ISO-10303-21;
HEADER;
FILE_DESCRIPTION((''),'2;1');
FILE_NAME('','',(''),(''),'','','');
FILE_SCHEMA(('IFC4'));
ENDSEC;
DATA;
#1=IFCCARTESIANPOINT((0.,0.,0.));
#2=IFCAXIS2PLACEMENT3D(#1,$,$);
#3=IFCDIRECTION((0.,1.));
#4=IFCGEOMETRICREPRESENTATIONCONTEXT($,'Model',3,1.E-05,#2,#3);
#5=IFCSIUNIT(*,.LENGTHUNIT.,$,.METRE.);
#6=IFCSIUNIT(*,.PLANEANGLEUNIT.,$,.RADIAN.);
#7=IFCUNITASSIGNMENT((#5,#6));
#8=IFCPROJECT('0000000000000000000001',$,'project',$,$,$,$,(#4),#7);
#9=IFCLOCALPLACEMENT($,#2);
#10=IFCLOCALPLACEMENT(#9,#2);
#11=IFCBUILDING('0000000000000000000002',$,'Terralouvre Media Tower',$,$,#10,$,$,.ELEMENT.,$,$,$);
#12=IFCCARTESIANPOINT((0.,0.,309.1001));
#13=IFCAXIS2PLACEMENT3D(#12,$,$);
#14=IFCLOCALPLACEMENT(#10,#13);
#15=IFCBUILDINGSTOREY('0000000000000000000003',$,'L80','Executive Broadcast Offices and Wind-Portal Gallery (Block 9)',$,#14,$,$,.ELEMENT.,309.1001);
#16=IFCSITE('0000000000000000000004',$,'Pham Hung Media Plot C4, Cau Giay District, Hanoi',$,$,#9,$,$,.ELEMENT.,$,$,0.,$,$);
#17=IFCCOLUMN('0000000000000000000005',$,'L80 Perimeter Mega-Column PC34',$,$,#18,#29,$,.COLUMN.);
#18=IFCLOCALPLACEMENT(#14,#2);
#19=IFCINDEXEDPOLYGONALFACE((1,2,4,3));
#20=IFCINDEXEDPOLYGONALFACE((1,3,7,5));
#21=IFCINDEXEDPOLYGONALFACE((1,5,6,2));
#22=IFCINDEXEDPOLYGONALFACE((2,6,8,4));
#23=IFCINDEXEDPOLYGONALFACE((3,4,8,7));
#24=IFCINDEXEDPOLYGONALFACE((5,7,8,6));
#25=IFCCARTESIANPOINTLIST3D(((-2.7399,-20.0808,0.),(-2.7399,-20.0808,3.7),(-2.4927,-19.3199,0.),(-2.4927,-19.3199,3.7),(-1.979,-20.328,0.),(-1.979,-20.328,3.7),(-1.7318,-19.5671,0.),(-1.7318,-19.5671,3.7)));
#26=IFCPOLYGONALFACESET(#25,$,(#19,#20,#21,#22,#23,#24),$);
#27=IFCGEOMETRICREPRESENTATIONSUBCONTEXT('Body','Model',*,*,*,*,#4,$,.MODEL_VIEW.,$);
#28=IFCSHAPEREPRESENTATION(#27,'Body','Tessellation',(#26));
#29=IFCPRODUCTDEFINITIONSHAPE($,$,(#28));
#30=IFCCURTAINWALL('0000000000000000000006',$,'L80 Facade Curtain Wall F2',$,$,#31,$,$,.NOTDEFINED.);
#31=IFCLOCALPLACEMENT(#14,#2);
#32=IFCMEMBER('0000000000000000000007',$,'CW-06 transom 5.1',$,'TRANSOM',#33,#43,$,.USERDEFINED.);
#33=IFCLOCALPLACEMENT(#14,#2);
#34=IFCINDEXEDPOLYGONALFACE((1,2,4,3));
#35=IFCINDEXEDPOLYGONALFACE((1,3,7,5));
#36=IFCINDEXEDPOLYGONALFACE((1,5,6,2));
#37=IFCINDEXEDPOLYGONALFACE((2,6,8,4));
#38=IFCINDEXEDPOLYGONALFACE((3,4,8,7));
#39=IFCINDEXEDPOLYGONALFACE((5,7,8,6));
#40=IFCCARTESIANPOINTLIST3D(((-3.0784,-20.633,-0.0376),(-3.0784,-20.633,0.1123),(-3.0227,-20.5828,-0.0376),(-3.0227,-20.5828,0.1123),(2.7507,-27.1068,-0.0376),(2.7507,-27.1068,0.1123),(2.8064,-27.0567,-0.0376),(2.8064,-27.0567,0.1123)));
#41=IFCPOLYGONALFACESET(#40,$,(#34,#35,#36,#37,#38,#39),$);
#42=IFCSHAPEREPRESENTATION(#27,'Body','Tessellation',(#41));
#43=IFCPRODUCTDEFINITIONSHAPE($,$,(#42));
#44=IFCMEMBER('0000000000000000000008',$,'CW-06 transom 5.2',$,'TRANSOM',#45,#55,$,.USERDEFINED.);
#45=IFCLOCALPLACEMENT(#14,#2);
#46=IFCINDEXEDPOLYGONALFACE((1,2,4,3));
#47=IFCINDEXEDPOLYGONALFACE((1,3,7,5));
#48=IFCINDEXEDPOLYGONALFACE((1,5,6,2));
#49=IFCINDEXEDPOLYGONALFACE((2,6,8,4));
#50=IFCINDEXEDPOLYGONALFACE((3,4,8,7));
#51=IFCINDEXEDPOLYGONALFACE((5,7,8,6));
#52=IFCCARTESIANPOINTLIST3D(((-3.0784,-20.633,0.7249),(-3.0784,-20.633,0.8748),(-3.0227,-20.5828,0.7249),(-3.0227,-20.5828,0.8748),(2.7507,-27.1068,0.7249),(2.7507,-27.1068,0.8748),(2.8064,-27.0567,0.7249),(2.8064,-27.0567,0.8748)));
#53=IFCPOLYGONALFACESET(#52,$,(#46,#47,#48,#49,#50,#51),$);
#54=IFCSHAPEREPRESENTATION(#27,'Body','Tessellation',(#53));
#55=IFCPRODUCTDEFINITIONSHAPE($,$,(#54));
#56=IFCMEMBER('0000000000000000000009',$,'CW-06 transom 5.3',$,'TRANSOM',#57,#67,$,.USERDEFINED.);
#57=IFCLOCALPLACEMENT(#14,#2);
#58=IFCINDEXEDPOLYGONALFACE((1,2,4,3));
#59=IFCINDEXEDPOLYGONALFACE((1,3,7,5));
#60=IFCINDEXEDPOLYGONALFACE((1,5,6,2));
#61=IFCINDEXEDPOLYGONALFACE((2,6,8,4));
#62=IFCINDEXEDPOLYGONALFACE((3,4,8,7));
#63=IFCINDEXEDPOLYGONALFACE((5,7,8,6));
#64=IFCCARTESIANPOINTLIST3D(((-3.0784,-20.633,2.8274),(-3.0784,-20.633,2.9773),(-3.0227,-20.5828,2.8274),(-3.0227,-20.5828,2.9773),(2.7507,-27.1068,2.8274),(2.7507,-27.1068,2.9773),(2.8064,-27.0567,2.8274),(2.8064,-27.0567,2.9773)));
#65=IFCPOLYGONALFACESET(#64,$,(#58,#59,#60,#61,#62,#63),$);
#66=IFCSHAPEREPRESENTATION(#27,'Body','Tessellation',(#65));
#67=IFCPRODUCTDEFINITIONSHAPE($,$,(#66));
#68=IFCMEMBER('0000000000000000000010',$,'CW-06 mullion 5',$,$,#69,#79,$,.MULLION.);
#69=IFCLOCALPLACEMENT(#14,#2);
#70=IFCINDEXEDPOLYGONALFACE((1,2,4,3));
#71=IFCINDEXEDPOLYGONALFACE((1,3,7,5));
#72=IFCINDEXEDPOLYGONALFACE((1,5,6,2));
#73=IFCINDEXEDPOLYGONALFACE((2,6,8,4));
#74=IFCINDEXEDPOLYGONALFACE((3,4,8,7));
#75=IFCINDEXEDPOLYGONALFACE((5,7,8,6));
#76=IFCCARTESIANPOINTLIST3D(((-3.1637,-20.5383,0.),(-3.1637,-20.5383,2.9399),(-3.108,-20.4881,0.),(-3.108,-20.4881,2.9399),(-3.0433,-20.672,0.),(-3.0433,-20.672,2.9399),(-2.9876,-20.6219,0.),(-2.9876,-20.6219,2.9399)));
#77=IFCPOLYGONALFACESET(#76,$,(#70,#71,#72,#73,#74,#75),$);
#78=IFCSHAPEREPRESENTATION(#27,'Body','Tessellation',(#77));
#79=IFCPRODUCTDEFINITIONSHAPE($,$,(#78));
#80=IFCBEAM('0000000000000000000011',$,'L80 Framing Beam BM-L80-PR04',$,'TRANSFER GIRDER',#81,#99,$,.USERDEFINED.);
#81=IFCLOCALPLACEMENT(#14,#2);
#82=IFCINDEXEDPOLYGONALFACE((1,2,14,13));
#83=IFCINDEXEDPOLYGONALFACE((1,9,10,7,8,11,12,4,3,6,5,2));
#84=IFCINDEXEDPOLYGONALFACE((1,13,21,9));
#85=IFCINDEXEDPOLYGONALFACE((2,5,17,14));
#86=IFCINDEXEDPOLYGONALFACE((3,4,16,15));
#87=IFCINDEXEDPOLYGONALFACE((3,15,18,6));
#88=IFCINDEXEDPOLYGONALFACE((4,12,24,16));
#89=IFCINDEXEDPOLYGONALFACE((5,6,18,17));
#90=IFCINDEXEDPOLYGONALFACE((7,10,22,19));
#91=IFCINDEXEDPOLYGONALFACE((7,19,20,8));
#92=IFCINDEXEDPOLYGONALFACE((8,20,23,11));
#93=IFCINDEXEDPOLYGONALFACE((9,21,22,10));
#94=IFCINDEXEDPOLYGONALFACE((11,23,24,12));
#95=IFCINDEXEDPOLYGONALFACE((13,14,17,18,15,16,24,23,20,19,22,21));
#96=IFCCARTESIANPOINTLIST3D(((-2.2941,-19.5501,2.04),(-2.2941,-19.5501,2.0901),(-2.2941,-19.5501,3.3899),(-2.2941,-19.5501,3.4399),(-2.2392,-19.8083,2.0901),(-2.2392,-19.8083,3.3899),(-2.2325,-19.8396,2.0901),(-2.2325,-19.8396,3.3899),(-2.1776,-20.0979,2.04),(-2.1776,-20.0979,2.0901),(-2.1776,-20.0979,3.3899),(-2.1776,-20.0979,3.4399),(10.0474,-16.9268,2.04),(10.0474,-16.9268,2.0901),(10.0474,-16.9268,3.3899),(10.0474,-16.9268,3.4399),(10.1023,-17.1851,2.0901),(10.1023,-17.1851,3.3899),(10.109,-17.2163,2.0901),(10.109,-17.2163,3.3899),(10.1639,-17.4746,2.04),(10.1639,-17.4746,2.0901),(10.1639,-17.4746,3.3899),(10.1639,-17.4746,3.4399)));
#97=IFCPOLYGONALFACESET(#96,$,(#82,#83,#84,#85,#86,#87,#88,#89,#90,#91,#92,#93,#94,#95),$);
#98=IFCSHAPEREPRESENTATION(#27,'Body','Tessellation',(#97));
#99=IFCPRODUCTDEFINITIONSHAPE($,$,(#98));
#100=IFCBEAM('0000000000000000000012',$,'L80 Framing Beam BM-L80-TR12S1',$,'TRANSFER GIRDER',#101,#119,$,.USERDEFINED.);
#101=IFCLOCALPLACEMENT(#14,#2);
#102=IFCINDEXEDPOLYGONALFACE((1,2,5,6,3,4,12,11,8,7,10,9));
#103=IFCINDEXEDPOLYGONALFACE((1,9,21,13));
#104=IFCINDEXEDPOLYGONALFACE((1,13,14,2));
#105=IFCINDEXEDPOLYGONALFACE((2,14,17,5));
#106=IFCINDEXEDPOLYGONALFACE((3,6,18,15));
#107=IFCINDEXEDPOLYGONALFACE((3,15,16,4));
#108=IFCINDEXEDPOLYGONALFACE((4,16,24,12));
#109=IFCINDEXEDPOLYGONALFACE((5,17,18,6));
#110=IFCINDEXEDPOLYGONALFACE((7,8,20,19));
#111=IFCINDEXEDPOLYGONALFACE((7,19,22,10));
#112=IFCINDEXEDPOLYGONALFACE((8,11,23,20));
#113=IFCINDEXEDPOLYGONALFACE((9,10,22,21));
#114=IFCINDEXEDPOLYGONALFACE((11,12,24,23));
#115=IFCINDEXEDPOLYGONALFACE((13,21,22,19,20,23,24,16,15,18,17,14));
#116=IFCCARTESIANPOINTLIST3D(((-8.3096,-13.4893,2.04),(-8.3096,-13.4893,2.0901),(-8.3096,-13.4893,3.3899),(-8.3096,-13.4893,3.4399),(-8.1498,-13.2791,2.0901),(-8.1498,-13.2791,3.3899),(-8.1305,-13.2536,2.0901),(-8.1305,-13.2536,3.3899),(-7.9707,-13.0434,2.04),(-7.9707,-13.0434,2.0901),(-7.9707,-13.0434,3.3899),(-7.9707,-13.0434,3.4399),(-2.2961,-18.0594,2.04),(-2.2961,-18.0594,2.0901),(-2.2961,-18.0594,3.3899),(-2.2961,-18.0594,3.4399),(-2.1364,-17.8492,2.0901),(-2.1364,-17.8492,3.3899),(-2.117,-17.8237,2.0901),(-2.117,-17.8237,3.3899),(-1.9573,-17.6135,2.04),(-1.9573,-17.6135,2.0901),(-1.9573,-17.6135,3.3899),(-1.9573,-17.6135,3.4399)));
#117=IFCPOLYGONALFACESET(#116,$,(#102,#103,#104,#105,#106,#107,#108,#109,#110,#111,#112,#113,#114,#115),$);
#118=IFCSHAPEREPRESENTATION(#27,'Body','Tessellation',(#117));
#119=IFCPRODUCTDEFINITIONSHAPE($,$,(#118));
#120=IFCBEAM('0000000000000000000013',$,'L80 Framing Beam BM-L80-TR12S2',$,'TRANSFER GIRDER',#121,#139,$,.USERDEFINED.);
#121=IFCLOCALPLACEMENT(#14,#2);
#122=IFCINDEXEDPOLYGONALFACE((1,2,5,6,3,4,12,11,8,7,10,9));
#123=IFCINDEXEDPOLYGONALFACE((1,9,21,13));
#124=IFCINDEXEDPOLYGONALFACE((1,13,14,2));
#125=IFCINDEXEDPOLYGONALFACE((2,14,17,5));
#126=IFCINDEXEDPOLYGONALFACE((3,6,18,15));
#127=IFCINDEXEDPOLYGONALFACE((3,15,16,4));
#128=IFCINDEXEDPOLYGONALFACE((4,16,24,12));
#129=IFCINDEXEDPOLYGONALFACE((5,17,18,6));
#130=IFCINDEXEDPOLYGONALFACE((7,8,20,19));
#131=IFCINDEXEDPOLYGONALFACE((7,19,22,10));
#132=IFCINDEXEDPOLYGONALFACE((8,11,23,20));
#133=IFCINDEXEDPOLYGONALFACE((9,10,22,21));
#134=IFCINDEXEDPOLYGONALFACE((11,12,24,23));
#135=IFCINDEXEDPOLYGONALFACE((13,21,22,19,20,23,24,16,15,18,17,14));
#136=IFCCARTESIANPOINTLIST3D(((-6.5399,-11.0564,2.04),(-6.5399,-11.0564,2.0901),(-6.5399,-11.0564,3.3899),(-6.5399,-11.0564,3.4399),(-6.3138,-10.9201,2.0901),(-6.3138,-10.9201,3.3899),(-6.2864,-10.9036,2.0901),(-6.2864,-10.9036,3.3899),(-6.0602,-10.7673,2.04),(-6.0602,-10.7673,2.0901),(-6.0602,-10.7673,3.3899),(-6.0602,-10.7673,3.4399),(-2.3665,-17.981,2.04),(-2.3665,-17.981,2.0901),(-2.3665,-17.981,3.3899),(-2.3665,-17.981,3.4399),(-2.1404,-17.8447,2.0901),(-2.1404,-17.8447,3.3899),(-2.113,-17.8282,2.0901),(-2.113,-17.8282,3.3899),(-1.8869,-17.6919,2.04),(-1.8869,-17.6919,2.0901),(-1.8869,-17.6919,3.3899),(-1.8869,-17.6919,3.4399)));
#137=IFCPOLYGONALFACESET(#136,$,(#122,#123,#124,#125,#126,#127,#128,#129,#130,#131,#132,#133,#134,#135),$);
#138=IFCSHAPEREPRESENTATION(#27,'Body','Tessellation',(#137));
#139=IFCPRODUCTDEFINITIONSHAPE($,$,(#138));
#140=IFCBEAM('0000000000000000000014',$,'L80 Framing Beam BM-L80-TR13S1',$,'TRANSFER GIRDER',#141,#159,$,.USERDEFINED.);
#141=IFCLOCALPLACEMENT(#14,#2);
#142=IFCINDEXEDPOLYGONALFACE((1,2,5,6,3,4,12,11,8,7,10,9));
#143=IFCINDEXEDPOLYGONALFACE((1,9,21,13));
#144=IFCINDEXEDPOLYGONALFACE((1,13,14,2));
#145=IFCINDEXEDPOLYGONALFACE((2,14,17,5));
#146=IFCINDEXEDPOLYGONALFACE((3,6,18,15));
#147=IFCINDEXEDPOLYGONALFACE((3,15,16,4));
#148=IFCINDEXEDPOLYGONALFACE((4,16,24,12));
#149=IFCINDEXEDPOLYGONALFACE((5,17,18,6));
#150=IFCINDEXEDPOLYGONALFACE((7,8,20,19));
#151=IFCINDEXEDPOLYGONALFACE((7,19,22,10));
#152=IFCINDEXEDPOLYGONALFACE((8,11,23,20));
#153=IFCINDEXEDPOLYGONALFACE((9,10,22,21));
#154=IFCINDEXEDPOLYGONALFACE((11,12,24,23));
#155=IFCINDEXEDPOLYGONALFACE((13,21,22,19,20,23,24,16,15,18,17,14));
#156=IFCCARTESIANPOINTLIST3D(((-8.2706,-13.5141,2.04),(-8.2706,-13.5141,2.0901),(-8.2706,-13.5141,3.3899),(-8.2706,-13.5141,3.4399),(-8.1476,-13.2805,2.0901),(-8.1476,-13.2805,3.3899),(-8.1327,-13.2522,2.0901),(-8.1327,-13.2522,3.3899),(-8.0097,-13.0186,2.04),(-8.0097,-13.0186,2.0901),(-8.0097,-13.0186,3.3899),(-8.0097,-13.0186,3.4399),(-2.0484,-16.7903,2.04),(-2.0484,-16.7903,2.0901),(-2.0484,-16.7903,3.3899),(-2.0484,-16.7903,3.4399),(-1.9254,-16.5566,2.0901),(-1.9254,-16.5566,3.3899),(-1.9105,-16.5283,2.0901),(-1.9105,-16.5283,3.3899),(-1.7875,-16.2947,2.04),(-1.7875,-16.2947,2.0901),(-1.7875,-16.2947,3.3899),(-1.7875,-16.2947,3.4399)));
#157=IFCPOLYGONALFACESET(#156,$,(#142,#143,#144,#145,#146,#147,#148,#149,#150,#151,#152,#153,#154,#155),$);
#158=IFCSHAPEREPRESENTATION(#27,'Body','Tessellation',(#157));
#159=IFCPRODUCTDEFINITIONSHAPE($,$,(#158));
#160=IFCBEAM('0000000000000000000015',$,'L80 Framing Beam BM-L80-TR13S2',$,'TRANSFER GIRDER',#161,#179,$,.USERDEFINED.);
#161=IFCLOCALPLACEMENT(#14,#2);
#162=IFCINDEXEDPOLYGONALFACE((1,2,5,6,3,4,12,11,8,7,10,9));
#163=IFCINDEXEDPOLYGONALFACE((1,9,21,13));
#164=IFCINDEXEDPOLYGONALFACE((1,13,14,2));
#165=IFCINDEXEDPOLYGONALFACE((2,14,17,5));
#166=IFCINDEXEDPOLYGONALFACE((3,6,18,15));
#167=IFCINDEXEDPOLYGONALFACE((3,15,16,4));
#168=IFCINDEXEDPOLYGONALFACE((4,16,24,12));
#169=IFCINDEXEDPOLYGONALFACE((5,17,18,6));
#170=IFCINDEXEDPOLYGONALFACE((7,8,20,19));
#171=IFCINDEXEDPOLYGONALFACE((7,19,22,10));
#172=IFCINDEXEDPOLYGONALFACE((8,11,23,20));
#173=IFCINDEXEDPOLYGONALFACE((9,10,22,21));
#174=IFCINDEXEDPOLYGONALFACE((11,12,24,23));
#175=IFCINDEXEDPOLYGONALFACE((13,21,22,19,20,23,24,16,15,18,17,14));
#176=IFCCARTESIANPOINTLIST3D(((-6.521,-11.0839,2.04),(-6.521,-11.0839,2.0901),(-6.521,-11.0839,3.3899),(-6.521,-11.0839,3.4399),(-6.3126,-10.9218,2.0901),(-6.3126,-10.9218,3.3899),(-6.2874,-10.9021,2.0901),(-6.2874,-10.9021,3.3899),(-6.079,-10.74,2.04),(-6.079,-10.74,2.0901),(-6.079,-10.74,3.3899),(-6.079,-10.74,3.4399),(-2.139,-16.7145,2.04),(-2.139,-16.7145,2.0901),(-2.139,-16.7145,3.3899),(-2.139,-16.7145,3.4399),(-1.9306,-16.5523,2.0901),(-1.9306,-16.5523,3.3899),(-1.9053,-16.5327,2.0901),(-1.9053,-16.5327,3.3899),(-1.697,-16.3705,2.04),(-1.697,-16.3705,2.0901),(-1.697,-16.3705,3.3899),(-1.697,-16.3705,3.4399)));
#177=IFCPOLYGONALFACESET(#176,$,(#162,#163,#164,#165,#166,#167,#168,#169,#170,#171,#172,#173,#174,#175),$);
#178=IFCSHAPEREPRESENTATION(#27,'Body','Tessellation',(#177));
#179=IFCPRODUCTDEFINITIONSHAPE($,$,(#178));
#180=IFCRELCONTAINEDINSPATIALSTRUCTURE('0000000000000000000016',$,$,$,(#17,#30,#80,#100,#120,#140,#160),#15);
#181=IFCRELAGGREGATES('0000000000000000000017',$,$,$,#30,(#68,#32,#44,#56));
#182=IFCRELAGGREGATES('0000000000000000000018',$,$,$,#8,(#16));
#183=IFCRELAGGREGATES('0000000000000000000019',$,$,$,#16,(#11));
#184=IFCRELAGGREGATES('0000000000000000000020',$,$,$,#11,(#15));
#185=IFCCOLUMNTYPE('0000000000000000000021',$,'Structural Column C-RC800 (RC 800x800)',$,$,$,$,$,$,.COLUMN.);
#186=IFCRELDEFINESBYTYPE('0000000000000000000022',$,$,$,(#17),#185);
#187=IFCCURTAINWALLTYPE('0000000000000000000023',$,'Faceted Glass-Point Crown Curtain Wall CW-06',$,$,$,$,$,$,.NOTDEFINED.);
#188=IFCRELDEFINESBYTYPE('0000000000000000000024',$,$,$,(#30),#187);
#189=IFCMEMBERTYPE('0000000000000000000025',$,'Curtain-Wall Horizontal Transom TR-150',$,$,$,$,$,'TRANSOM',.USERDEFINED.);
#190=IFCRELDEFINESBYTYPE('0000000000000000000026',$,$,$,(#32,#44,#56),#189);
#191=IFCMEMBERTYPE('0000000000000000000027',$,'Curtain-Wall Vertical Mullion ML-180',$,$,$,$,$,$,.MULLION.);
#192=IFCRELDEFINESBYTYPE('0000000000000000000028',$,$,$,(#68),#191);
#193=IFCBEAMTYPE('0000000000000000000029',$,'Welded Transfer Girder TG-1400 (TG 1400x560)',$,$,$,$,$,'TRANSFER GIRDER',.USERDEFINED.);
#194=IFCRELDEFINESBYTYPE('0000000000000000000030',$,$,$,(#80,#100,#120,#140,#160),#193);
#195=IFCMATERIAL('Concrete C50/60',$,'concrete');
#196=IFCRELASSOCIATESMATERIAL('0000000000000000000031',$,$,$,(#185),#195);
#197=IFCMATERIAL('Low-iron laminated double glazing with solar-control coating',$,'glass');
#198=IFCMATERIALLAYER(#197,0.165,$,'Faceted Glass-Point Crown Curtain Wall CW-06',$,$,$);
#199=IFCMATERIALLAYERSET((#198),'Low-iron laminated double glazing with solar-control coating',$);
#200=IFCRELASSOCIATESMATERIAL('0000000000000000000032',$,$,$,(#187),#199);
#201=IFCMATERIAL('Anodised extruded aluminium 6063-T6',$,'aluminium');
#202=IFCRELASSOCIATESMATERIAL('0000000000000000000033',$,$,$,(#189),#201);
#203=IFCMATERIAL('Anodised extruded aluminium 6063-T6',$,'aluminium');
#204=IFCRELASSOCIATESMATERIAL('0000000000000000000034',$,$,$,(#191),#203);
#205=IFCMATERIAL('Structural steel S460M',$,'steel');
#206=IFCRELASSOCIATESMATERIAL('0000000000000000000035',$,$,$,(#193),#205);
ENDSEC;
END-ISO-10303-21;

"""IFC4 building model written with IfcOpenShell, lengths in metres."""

from ifc_helpers import new_model, si_unit, direction, frame, origin, origin_2d, place, context, subcontext, project, spatial, rectangle, i_section, extrude, material, layer, layer_set, material_profile, profile_set, type_object, element, aggregate, save


model = new_model("IFC4")

# Units and contexts
model_context = context("Model", 3, precision=1e-05, world=origin(), true_north=direction((0.0, 1.0)))
body_context = subcontext(model_context, "Body", "Model", "MODEL_VIEW")
ifc_project = project(units=[si_unit("LENGTHUNIT", "METRE"), si_unit("PLANEANGLEUNIT", "RADIAN")], contexts=[model_context])

# Site, building, storey
site_placement = place(None, origin())
site = spatial("IfcSite", under=ifc_project, at=site_placement, Name="Pham Hung Media Plot C4, Cau Giay District, Hanoi", CompositionType="ELEMENT", RefElevation=0.0)
building_placement = place(site_placement, origin())
building = spatial("IfcBuilding", under=site, at=building_placement, Name="Terralouvre Media Tower", CompositionType="ELEMENT")
storey_placement = place(building_placement, frame((0.0, 0.0, 309.1001)))
storey = spatial("IfcBuildingStorey", under=building, at=storey_placement, Name="L80", Description="Executive Broadcast Offices and Wind-Portal Gallery (Block 9)", CompositionType="ELEMENT", Elevation=309.1001)

# Column
ifc_material_1 = material(Name="Concrete C50/60", Category="concrete")
ifc_material_profile_1 = material_profile(ifc_material_1, rectangle(XDim=0.8, YDim=0.8, at=origin_2d()), Name="RC 800x800")
ifc_profile_set_1 = profile_set([ifc_material_profile_1], Name="Concrete C50/60")
column_type = type_object("IfcColumnType", Name="Structural Column C-RC800 (RC 800x800)", PredefinedType="COLUMN", material=ifc_profile_set_1)
column_placement = place(storey_placement, frame((-2.2358, -19.824, 0.0), z_axis=(0.0, 0.0, 1.0), x_axis=(0.309017, 0.951057, 0.0)))
element("IfcColumn", 1, at=column_placement, inside=storey, type_object=column_type, Name="L80 Perimeter Mega-Column PC34", PredefinedType="COLUMN", context=body_context, shape_type="SweptSolid", body=[
    extrude(rectangle(XDim=0.8, YDim=0.8, at=origin_2d()), origin(), (0.0, 0.0, 1.0), 3.7),
])

# Curtain wall, members
ifc_material_2 = material(Name="Low-iron laminated double glazing with solar-control coating", Category="glass")
ifc_layer_1 = layer(ifc_material_2, 0.165, Name="Faceted Glass-Point Crown Curtain Wall CW-06")
ifc_layer_set_1 = layer_set([ifc_layer_1], Name="Low-iron laminated double glazing with solar-control coating")
curtain_wall_type = type_object("IfcCurtainWallType", Name="Faceted Glass-Point Crown Curtain Wall CW-06", PredefinedType="NOTDEFINED", material=ifc_layer_set_1)
curtain_wall_placement = place(storey_placement, origin())
curtain_wall = element("IfcCurtainWall", 2, at=curtain_wall_placement, inside=storey, type_object=curtain_wall_type, Name="L80 Facade Curtain Wall F2", PredefinedType="NOTDEFINED")
ifc_material_3 = material(Name="Anodised extruded aluminium 6063-T6", Category="aluminium")
ifc_material_profile_2 = material_profile(ifc_material_3, rectangle(XDim=0.075, YDim=0.1499, at=origin_2d()), Name="ALU 75x150")
ifc_profile_set_2 = profile_set([ifc_material_profile_2], Name="Anodised extruded aluminium 6063-T6")
member_type_1 = type_object("IfcMemberType", Name="Curtain-Wall Horizontal Transom TR-150", ElementType="TRANSOM", PredefinedType="USERDEFINED", material=ifc_profile_set_2)
member_1_placement = place(storey_placement, frame((-3.0505, -20.6079, 0.0374), z_axis=(0.66913, -0.743145, 0.0), x_axis=(0.743145, 0.66913, 0.0)))
member_1 = element("IfcMember", 3, at=member_1_placement, type_object=member_type_1, Name="CW-06 transom 5.1", ObjectType="TRANSOM", PredefinedType="USERDEFINED", context=body_context, shape_type="SweptSolid", body=[
    extrude(rectangle(XDim=0.075, YDim=0.1499, at=origin_2d()), origin(), (0.0, 0.0, 1.0), 8.7114),
])
member_2_placement = place(storey_placement, frame((-3.0505, -20.6079, 0.7998), z_axis=(0.66913, -0.743145, 0.0), x_axis=(0.743145, 0.66913, 0.0)))
member_2 = element("IfcMember", 4, at=member_2_placement, type_object=member_type_1, Name="CW-06 transom 5.2", ObjectType="TRANSOM", PredefinedType="USERDEFINED", context=body_context, shape_type="SweptSolid", body=[
    extrude(rectangle(XDim=0.075, YDim=0.1499, at=origin_2d()), origin(), (0.0, 0.0, 1.0), 8.7114),
])
member_3_placement = place(storey_placement, frame((-3.0505, -20.6079, 2.9023), z_axis=(0.66913, -0.743145, 0.0), x_axis=(0.743145, 0.66913, 0.0)))
member_3 = element("IfcMember", 5, at=member_3_placement, type_object=member_type_1, Name="CW-06 transom 5.3", ObjectType="TRANSOM", PredefinedType="USERDEFINED", context=body_context, shape_type="SweptSolid", body=[
    extrude(rectangle(XDim=0.075, YDim=0.1499, at=origin_2d()), origin(), (0.0, 0.0, 1.0), 8.7114),
])
ifc_material_4 = material(Name="Anodised extruded aluminium 6063-T6", Category="aluminium")
ifc_material_profile_3 = material_profile(ifc_material_4, rectangle(XDim=0.075, YDim=0.1799, at=origin_2d()), Name="ALU 75x180")
ifc_profile_set_3 = profile_set([ifc_material_profile_3], Name="Anodised extruded aluminium 6063-T6")
member_type_2 = type_object("IfcMemberType", Name="Curtain-Wall Vertical Mullion ML-180", PredefinedType="MULLION", material=ifc_profile_set_3)
member_4_placement = place(storey_placement, frame((-3.0757, -20.5801, 0.0), z_axis=(0.0, 0.0, 1.0), x_axis=(0.743145, 0.669131, 0.0)))
member_4 = element("IfcMember", 6, at=member_4_placement, type_object=member_type_2, Name="CW-06 mullion 5", PredefinedType="MULLION", context=body_context, shape_type="SweptSolid", body=[
    extrude(rectangle(XDim=0.075, YDim=0.1799, at=origin_2d()), origin(), (0.0, 0.0, 1.0), 2.9399),
])

# Beams
ifc_material_5 = material(Name="Structural steel S460M", Category="steel")
ifc_material_profile_4 = material_profile(ifc_material_5, i_section(OverallWidth=0.5601, OverallDepth=1.3999, WebThickness=0.032, FlangeThickness=0.05, at=origin_2d()), Name="TG 1400x560")
ifc_profile_set_4 = profile_set([ifc_material_profile_4], Name="Structural steel S460M")
beam_type = type_object("IfcBeamType", Name="Welded Transfer Girder TG-1400 (TG 1400x560)", ElementType="TRANSFER GIRDER", PredefinedType="USERDEFINED", material=ifc_profile_set_4)
beam_1_placement = place(storey_placement, frame((-2.2358, -19.824, 2.74), z_axis=(0.978147, 0.207913, 0.0), x_axis=(-0.207913, 0.978147, 0.0)))
element("IfcBeam", 7, at=beam_1_placement, inside=storey, type_object=beam_type, Name="L80 Framing Beam BM-L80-PR04", ObjectType="TRANSFER GIRDER", PredefinedType="USERDEFINED", context=body_context, shape_type="SweptSolid", body=[
    extrude(i_section(OverallWidth=0.5601, OverallDepth=1.3999, WebThickness=0.032, FlangeThickness=0.05, at=origin_2d()), origin(), (0.0, 0.0, 1.0), 12.6172),
])
beam_2_placement = place(storey_placement, frame((-2.1267, -17.8364, 2.74), z_axis=(-0.796171, 0.605072, 0.0), x_axis=(-0.605072, -0.796171, 0.0)))
element("IfcBeam", 8, at=beam_2_placement, inside=storey, type_object=beam_type, Name="L80 Framing Beam BM-L80-TR12S1", ObjectType="TRANSFER GIRDER", PredefinedType="USERDEFINED", context=body_context, shape_type="SweptSolid", body=[
    extrude(i_section(OverallWidth=0.5601, OverallDepth=1.3999, WebThickness=0.032, FlangeThickness=0.05, at=origin_2d()), origin(), (0.0, 0.0, 1.0), 7.553),
])
beam_3_placement = place(storey_placement, frame((-2.1267, -17.8364, 2.74), z_axis=(-0.516187, 0.856476, 0.0), x_axis=(-0.856476, -0.516187, 0.0)))
element("IfcBeam", 9, at=beam_3_placement, inside=storey, type_object=beam_type, Name="L80 Framing Beam BM-L80-TR12S2", ObjectType="TRANSFER GIRDER", PredefinedType="USERDEFINED", context=body_context, shape_type="SweptSolid", body=[
    extrude(i_section(OverallWidth=0.5601, OverallDepth=1.3999, WebThickness=0.032, FlangeThickness=0.05, at=origin_2d()), origin(), (0.0, 0.0, 1.0), 8.085),
])
beam_4_placement = place(storey_placement, frame((-1.918, -16.5425, 2.74), z_axis=(-0.884842, 0.465891, 0.0), x_axis=(-0.465891, -0.884842, 0.0)))
element("IfcBeam", 10, at=beam_4_placement, inside=storey, type_object=beam_type, Name="L80 Framing Beam BM-L80-TR13S1", ObjectType="TRANSFER GIRDER", PredefinedType="USERDEFINED", context=body_context, shape_type="SweptSolid", body=[
    extrude(i_section(OverallWidth=0.5601, OverallDepth=1.3999, WebThickness=0.032, FlangeThickness=0.05, at=origin_2d()), origin(), (0.0, 0.0, 1.0), 7.032),
])
beam_5_placement = place(storey_placement, frame((-1.918, -16.5425, 2.74), z_axis=(-0.614177, 0.789168, 0.0), x_axis=(-0.789168, -0.614177, 0.0)))
element("IfcBeam", 11, at=beam_5_placement, inside=storey, type_object=beam_type, Name="L80 Framing Beam BM-L80-TR13S2", ObjectType="TRANSFER GIRDER", PredefinedType="USERDEFINED", context=body_context, shape_type="SweptSolid", body=[
    extrude(i_section(OverallWidth=0.5601, OverallDepth=1.3999, WebThickness=0.032, FlangeThickness=0.05, at=origin_2d()), origin(), (0.0, 0.0, 1.0), 7.1348),
])

aggregate(curtain_wall, [member_4, member_1, member_2, member_3])

save(model, "model.ifc")
